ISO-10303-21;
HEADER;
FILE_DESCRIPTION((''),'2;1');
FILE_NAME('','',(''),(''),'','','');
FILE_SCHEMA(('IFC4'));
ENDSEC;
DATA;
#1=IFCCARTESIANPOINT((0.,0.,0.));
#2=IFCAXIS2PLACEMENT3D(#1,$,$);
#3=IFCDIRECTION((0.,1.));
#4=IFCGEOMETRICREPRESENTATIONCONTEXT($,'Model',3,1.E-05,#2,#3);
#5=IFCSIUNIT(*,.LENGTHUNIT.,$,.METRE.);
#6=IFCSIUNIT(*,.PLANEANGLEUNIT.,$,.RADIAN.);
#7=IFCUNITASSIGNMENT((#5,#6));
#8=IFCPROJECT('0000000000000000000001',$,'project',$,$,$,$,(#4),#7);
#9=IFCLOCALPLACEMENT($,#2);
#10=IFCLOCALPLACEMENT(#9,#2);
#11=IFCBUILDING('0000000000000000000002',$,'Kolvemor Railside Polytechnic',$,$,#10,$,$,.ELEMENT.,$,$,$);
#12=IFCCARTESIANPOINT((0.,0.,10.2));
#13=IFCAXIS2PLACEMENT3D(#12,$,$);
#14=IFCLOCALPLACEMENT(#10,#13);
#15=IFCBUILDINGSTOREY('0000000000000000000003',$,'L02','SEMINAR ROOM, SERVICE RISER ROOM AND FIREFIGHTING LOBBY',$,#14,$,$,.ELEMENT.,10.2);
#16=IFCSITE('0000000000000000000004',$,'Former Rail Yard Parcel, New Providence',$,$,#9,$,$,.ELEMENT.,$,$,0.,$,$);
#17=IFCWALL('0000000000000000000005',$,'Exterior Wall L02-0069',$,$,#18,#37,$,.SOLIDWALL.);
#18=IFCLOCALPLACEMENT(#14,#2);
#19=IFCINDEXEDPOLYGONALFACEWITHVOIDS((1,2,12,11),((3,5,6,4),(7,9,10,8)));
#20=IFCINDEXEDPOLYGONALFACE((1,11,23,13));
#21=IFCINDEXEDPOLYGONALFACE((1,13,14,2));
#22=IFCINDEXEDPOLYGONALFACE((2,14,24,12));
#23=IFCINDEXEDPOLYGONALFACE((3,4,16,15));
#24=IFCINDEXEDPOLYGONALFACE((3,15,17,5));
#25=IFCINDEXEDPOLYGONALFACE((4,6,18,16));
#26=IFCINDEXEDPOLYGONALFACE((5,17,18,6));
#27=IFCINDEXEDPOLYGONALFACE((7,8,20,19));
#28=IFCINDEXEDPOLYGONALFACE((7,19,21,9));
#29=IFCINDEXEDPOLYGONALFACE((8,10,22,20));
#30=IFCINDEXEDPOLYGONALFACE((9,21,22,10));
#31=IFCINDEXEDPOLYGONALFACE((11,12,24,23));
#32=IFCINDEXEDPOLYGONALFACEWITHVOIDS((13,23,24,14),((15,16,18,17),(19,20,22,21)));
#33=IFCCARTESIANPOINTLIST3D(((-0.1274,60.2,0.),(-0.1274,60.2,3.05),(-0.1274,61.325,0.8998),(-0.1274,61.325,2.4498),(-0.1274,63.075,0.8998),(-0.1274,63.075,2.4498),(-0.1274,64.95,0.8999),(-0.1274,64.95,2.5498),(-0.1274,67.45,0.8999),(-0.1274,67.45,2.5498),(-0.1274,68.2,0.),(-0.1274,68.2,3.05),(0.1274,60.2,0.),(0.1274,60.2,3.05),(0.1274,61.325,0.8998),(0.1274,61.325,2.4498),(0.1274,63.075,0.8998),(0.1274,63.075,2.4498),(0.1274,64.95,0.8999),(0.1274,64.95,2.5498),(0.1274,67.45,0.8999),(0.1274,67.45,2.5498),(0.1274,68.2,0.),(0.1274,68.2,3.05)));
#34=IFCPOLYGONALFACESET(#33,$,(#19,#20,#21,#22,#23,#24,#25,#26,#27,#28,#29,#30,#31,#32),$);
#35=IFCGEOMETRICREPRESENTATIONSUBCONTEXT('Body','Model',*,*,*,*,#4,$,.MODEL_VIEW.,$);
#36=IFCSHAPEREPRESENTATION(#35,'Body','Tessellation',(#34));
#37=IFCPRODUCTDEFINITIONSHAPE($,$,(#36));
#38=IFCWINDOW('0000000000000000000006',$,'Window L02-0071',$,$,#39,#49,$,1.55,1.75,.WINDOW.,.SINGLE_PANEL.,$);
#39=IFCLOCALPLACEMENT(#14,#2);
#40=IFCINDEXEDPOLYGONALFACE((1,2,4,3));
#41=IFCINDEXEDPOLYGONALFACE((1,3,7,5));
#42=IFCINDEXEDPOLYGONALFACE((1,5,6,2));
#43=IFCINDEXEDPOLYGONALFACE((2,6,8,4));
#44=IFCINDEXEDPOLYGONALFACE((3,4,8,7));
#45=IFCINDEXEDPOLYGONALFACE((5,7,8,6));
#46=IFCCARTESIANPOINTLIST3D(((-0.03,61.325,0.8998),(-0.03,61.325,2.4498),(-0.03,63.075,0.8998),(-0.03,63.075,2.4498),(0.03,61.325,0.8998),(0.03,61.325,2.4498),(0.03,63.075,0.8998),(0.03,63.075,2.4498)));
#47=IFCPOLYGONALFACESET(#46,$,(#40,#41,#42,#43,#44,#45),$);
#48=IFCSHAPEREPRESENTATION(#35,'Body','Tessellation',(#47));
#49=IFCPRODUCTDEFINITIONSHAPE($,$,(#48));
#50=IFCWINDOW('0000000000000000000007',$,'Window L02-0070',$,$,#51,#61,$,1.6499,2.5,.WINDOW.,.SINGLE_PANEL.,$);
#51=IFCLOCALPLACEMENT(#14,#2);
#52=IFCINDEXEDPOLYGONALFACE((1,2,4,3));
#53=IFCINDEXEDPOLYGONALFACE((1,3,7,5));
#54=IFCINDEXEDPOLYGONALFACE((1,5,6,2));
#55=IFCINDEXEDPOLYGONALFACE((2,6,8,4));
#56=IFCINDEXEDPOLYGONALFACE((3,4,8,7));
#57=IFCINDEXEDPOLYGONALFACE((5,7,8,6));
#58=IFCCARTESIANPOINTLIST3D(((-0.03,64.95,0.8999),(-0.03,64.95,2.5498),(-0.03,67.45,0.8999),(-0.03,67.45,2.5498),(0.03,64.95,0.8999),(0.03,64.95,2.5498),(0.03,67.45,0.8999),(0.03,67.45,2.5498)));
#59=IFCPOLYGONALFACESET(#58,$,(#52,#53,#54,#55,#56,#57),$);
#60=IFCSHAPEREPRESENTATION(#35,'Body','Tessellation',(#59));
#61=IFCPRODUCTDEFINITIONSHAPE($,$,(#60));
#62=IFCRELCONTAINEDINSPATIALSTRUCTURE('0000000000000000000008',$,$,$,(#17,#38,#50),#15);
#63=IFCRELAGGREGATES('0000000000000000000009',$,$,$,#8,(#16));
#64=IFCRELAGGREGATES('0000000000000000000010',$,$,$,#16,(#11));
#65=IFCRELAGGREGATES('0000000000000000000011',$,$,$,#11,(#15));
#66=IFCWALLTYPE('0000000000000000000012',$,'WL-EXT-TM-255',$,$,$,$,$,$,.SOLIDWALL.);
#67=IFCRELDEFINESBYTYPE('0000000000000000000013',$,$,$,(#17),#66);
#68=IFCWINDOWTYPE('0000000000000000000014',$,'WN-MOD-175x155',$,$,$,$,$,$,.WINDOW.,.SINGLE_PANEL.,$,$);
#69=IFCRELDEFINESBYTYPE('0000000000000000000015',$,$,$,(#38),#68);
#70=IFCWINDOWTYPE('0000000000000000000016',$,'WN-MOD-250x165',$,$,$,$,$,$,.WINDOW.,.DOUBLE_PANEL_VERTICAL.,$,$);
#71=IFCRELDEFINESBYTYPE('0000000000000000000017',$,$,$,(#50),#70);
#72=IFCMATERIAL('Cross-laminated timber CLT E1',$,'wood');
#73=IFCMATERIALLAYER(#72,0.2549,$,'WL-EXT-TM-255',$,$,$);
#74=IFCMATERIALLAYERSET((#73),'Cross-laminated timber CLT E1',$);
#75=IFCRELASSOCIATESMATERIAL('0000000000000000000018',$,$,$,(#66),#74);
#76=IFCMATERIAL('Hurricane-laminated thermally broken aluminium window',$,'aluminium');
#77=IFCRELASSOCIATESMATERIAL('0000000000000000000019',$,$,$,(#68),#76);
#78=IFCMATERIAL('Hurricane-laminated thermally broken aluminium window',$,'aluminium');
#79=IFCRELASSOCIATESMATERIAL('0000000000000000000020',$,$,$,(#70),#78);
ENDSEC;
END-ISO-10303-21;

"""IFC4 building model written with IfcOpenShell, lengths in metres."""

from ifc_helpers import new_model, si_unit, direction, frame, frame_2d, origin, place, context, subcontext, project, spatial, rectangle, extrude, material, layer, layer_set, type_object, element, fill, save


model = new_model("IFC4")

# Units and contexts
model_context = context("Model", 3, precision=1e-05, world=origin(), true_north=direction((0.0, 1.0)))
body_context = subcontext(model_context, "Body", "Model", "MODEL_VIEW")
ifc_project = project(units=[si_unit("LENGTHUNIT", "METRE"), si_unit("PLANEANGLEUNIT", "RADIAN")], contexts=[model_context])

# Site, building, storey
site_placement = place(None, origin())
site = spatial("IfcSite", under=ifc_project, at=site_placement, Name="Former Rail Yard Parcel, New Providence", CompositionType="ELEMENT", RefElevation=0.0)
building_placement = place(site_placement, origin())
building = spatial("IfcBuilding", under=site, at=building_placement, Name="Kolvemor Railside Polytechnic", CompositionType="ELEMENT")
storey_placement = place(building_placement, frame((0.0, 0.0, 10.2)))
storey = spatial("IfcBuildingStorey", under=building, at=storey_placement, Name="L02", Description="SEMINAR ROOM, SERVICE RISER ROOM AND FIREFIGHTING LOBBY", CompositionType="ELEMENT", Elevation=10.2)

# Wall, openings, windows
ifc_material_1 = material(Name="Cross-laminated timber CLT E1", Category="wood")
ifc_layer_1 = layer(ifc_material_1, 0.2549, Name="WL-EXT-TM-255")
ifc_layer_set_1 = layer_set([ifc_layer_1], Name="Cross-laminated timber CLT E1")
wall_type_1 = type_object("IfcWallType", Name="WL-EXT-TM-255", PredefinedType="SOLIDWALL", material=ifc_layer_set_1)
wall_placement = place(storey_placement, frame((0.0, 68.2, 0.0), z_axis=(0.0, 0.0, 1.0), x_axis=(0.0, -1.0, 0.0)))
wall = element("IfcWall", 1, at=wall_placement, inside=storey, type_object=wall_type_1, Name="Exterior Wall L02-0069", PredefinedType="SOLIDWALL", context=body_context, shape_type="SweptSolid", body=[
    extrude(rectangle(XDim=8.0, YDim=0.2549, at=frame_2d((4.0, 0.0))), origin(), (0.0, 0.0, 1.0), 3.05),
])
opening_1_placement = place(wall_placement, frame((0.75, 0.0, 0.8999)))
opening_1 = element("IfcOpeningElement", 2, at=opening_1_placement, cuts=wall, PredefinedType="OPENING", context=body_context, shape_type="SweptSolid", body=[
    extrude(rectangle(XDim=2.5, YDim=1.6499, at=frame_2d((1.25, 0.825))), frame((0.0, 0.1375, 0.0), z_axis=(0.0, -1.0, 0.0), x_axis=(1.0, 0.0, 0.0)), (0.0, 0.0, 1.0), 0.2749),
])
opening_2_placement = place(wall_placement, frame((5.125, 0.0, 0.8999)))
opening_2 = element("IfcOpeningElement", 3, at=opening_2_placement, cuts=wall, PredefinedType="OPENING", context=body_context, shape_type="SweptSolid", body=[
    extrude(rectangle(XDim=1.75, YDim=1.55, at=frame_2d((0.875, 0.7749))), frame((0.0, 0.1375, 0.0), z_axis=(0.0, -1.0, 0.0), x_axis=(1.0, 0.0, 0.0)), (0.0, 0.0, 1.0), 0.2749),
])
ifc_material_2 = material(Name="Hurricane-laminated thermally broken aluminium window", Category="aluminium")
window_type_1 = type_object("IfcWindowType", Name="WN-MOD-175x155", PartitioningType="SINGLE_PANEL", PredefinedType="WINDOW", material=ifc_material_2)
window_1_placement = place(opening_2_placement, origin())
window_1 = element("IfcWindow", 4, at=window_1_placement, inside=storey, type_object=window_type_1, Name="Window L02-0071", OverallHeight=1.55, OverallWidth=1.75, PartitioningType="SINGLE_PANEL", PredefinedType="WINDOW", context=body_context, shape_type="SweptSolid", body=[
    extrude(rectangle(XDim=1.75, YDim=1.55, at=frame_2d((0.875, 0.7749))), frame((0.0, 0.03, 0.0), z_axis=(0.0, -1.0, 0.0), x_axis=(1.0, 0.0, 0.0)), (0.0, 0.0, 1.0), 0.0601),
])
fill(opening_2, window_1)
ifc_material_3 = material(Name="Hurricane-laminated thermally broken aluminium window", Category="aluminium")
window_type_2 = type_object("IfcWindowType", Name="WN-MOD-250x165", PartitioningType="DOUBLE_PANEL_VERTICAL", PredefinedType="WINDOW", material=ifc_material_3)
window_2_placement = place(opening_1_placement, origin())
window_2 = element("IfcWindow", 5, at=window_2_placement, inside=storey, type_object=window_type_2, Name="Window L02-0070", OverallHeight=1.6499, OverallWidth=2.5, PartitioningType="SINGLE_PANEL", PredefinedType="WINDOW", context=body_context, shape_type="SweptSolid", body=[
    extrude(rectangle(XDim=2.5, YDim=1.6499, at=frame_2d((1.25, 0.825))), frame((0.0, 0.03, 0.0), z_axis=(0.0, -1.0, 0.0), x_axis=(1.0, 0.0, 0.0)), (0.0, 0.0, 1.0), 0.0601),
])
fill(opening_1, window_2)

save(model, "model.ifc")
